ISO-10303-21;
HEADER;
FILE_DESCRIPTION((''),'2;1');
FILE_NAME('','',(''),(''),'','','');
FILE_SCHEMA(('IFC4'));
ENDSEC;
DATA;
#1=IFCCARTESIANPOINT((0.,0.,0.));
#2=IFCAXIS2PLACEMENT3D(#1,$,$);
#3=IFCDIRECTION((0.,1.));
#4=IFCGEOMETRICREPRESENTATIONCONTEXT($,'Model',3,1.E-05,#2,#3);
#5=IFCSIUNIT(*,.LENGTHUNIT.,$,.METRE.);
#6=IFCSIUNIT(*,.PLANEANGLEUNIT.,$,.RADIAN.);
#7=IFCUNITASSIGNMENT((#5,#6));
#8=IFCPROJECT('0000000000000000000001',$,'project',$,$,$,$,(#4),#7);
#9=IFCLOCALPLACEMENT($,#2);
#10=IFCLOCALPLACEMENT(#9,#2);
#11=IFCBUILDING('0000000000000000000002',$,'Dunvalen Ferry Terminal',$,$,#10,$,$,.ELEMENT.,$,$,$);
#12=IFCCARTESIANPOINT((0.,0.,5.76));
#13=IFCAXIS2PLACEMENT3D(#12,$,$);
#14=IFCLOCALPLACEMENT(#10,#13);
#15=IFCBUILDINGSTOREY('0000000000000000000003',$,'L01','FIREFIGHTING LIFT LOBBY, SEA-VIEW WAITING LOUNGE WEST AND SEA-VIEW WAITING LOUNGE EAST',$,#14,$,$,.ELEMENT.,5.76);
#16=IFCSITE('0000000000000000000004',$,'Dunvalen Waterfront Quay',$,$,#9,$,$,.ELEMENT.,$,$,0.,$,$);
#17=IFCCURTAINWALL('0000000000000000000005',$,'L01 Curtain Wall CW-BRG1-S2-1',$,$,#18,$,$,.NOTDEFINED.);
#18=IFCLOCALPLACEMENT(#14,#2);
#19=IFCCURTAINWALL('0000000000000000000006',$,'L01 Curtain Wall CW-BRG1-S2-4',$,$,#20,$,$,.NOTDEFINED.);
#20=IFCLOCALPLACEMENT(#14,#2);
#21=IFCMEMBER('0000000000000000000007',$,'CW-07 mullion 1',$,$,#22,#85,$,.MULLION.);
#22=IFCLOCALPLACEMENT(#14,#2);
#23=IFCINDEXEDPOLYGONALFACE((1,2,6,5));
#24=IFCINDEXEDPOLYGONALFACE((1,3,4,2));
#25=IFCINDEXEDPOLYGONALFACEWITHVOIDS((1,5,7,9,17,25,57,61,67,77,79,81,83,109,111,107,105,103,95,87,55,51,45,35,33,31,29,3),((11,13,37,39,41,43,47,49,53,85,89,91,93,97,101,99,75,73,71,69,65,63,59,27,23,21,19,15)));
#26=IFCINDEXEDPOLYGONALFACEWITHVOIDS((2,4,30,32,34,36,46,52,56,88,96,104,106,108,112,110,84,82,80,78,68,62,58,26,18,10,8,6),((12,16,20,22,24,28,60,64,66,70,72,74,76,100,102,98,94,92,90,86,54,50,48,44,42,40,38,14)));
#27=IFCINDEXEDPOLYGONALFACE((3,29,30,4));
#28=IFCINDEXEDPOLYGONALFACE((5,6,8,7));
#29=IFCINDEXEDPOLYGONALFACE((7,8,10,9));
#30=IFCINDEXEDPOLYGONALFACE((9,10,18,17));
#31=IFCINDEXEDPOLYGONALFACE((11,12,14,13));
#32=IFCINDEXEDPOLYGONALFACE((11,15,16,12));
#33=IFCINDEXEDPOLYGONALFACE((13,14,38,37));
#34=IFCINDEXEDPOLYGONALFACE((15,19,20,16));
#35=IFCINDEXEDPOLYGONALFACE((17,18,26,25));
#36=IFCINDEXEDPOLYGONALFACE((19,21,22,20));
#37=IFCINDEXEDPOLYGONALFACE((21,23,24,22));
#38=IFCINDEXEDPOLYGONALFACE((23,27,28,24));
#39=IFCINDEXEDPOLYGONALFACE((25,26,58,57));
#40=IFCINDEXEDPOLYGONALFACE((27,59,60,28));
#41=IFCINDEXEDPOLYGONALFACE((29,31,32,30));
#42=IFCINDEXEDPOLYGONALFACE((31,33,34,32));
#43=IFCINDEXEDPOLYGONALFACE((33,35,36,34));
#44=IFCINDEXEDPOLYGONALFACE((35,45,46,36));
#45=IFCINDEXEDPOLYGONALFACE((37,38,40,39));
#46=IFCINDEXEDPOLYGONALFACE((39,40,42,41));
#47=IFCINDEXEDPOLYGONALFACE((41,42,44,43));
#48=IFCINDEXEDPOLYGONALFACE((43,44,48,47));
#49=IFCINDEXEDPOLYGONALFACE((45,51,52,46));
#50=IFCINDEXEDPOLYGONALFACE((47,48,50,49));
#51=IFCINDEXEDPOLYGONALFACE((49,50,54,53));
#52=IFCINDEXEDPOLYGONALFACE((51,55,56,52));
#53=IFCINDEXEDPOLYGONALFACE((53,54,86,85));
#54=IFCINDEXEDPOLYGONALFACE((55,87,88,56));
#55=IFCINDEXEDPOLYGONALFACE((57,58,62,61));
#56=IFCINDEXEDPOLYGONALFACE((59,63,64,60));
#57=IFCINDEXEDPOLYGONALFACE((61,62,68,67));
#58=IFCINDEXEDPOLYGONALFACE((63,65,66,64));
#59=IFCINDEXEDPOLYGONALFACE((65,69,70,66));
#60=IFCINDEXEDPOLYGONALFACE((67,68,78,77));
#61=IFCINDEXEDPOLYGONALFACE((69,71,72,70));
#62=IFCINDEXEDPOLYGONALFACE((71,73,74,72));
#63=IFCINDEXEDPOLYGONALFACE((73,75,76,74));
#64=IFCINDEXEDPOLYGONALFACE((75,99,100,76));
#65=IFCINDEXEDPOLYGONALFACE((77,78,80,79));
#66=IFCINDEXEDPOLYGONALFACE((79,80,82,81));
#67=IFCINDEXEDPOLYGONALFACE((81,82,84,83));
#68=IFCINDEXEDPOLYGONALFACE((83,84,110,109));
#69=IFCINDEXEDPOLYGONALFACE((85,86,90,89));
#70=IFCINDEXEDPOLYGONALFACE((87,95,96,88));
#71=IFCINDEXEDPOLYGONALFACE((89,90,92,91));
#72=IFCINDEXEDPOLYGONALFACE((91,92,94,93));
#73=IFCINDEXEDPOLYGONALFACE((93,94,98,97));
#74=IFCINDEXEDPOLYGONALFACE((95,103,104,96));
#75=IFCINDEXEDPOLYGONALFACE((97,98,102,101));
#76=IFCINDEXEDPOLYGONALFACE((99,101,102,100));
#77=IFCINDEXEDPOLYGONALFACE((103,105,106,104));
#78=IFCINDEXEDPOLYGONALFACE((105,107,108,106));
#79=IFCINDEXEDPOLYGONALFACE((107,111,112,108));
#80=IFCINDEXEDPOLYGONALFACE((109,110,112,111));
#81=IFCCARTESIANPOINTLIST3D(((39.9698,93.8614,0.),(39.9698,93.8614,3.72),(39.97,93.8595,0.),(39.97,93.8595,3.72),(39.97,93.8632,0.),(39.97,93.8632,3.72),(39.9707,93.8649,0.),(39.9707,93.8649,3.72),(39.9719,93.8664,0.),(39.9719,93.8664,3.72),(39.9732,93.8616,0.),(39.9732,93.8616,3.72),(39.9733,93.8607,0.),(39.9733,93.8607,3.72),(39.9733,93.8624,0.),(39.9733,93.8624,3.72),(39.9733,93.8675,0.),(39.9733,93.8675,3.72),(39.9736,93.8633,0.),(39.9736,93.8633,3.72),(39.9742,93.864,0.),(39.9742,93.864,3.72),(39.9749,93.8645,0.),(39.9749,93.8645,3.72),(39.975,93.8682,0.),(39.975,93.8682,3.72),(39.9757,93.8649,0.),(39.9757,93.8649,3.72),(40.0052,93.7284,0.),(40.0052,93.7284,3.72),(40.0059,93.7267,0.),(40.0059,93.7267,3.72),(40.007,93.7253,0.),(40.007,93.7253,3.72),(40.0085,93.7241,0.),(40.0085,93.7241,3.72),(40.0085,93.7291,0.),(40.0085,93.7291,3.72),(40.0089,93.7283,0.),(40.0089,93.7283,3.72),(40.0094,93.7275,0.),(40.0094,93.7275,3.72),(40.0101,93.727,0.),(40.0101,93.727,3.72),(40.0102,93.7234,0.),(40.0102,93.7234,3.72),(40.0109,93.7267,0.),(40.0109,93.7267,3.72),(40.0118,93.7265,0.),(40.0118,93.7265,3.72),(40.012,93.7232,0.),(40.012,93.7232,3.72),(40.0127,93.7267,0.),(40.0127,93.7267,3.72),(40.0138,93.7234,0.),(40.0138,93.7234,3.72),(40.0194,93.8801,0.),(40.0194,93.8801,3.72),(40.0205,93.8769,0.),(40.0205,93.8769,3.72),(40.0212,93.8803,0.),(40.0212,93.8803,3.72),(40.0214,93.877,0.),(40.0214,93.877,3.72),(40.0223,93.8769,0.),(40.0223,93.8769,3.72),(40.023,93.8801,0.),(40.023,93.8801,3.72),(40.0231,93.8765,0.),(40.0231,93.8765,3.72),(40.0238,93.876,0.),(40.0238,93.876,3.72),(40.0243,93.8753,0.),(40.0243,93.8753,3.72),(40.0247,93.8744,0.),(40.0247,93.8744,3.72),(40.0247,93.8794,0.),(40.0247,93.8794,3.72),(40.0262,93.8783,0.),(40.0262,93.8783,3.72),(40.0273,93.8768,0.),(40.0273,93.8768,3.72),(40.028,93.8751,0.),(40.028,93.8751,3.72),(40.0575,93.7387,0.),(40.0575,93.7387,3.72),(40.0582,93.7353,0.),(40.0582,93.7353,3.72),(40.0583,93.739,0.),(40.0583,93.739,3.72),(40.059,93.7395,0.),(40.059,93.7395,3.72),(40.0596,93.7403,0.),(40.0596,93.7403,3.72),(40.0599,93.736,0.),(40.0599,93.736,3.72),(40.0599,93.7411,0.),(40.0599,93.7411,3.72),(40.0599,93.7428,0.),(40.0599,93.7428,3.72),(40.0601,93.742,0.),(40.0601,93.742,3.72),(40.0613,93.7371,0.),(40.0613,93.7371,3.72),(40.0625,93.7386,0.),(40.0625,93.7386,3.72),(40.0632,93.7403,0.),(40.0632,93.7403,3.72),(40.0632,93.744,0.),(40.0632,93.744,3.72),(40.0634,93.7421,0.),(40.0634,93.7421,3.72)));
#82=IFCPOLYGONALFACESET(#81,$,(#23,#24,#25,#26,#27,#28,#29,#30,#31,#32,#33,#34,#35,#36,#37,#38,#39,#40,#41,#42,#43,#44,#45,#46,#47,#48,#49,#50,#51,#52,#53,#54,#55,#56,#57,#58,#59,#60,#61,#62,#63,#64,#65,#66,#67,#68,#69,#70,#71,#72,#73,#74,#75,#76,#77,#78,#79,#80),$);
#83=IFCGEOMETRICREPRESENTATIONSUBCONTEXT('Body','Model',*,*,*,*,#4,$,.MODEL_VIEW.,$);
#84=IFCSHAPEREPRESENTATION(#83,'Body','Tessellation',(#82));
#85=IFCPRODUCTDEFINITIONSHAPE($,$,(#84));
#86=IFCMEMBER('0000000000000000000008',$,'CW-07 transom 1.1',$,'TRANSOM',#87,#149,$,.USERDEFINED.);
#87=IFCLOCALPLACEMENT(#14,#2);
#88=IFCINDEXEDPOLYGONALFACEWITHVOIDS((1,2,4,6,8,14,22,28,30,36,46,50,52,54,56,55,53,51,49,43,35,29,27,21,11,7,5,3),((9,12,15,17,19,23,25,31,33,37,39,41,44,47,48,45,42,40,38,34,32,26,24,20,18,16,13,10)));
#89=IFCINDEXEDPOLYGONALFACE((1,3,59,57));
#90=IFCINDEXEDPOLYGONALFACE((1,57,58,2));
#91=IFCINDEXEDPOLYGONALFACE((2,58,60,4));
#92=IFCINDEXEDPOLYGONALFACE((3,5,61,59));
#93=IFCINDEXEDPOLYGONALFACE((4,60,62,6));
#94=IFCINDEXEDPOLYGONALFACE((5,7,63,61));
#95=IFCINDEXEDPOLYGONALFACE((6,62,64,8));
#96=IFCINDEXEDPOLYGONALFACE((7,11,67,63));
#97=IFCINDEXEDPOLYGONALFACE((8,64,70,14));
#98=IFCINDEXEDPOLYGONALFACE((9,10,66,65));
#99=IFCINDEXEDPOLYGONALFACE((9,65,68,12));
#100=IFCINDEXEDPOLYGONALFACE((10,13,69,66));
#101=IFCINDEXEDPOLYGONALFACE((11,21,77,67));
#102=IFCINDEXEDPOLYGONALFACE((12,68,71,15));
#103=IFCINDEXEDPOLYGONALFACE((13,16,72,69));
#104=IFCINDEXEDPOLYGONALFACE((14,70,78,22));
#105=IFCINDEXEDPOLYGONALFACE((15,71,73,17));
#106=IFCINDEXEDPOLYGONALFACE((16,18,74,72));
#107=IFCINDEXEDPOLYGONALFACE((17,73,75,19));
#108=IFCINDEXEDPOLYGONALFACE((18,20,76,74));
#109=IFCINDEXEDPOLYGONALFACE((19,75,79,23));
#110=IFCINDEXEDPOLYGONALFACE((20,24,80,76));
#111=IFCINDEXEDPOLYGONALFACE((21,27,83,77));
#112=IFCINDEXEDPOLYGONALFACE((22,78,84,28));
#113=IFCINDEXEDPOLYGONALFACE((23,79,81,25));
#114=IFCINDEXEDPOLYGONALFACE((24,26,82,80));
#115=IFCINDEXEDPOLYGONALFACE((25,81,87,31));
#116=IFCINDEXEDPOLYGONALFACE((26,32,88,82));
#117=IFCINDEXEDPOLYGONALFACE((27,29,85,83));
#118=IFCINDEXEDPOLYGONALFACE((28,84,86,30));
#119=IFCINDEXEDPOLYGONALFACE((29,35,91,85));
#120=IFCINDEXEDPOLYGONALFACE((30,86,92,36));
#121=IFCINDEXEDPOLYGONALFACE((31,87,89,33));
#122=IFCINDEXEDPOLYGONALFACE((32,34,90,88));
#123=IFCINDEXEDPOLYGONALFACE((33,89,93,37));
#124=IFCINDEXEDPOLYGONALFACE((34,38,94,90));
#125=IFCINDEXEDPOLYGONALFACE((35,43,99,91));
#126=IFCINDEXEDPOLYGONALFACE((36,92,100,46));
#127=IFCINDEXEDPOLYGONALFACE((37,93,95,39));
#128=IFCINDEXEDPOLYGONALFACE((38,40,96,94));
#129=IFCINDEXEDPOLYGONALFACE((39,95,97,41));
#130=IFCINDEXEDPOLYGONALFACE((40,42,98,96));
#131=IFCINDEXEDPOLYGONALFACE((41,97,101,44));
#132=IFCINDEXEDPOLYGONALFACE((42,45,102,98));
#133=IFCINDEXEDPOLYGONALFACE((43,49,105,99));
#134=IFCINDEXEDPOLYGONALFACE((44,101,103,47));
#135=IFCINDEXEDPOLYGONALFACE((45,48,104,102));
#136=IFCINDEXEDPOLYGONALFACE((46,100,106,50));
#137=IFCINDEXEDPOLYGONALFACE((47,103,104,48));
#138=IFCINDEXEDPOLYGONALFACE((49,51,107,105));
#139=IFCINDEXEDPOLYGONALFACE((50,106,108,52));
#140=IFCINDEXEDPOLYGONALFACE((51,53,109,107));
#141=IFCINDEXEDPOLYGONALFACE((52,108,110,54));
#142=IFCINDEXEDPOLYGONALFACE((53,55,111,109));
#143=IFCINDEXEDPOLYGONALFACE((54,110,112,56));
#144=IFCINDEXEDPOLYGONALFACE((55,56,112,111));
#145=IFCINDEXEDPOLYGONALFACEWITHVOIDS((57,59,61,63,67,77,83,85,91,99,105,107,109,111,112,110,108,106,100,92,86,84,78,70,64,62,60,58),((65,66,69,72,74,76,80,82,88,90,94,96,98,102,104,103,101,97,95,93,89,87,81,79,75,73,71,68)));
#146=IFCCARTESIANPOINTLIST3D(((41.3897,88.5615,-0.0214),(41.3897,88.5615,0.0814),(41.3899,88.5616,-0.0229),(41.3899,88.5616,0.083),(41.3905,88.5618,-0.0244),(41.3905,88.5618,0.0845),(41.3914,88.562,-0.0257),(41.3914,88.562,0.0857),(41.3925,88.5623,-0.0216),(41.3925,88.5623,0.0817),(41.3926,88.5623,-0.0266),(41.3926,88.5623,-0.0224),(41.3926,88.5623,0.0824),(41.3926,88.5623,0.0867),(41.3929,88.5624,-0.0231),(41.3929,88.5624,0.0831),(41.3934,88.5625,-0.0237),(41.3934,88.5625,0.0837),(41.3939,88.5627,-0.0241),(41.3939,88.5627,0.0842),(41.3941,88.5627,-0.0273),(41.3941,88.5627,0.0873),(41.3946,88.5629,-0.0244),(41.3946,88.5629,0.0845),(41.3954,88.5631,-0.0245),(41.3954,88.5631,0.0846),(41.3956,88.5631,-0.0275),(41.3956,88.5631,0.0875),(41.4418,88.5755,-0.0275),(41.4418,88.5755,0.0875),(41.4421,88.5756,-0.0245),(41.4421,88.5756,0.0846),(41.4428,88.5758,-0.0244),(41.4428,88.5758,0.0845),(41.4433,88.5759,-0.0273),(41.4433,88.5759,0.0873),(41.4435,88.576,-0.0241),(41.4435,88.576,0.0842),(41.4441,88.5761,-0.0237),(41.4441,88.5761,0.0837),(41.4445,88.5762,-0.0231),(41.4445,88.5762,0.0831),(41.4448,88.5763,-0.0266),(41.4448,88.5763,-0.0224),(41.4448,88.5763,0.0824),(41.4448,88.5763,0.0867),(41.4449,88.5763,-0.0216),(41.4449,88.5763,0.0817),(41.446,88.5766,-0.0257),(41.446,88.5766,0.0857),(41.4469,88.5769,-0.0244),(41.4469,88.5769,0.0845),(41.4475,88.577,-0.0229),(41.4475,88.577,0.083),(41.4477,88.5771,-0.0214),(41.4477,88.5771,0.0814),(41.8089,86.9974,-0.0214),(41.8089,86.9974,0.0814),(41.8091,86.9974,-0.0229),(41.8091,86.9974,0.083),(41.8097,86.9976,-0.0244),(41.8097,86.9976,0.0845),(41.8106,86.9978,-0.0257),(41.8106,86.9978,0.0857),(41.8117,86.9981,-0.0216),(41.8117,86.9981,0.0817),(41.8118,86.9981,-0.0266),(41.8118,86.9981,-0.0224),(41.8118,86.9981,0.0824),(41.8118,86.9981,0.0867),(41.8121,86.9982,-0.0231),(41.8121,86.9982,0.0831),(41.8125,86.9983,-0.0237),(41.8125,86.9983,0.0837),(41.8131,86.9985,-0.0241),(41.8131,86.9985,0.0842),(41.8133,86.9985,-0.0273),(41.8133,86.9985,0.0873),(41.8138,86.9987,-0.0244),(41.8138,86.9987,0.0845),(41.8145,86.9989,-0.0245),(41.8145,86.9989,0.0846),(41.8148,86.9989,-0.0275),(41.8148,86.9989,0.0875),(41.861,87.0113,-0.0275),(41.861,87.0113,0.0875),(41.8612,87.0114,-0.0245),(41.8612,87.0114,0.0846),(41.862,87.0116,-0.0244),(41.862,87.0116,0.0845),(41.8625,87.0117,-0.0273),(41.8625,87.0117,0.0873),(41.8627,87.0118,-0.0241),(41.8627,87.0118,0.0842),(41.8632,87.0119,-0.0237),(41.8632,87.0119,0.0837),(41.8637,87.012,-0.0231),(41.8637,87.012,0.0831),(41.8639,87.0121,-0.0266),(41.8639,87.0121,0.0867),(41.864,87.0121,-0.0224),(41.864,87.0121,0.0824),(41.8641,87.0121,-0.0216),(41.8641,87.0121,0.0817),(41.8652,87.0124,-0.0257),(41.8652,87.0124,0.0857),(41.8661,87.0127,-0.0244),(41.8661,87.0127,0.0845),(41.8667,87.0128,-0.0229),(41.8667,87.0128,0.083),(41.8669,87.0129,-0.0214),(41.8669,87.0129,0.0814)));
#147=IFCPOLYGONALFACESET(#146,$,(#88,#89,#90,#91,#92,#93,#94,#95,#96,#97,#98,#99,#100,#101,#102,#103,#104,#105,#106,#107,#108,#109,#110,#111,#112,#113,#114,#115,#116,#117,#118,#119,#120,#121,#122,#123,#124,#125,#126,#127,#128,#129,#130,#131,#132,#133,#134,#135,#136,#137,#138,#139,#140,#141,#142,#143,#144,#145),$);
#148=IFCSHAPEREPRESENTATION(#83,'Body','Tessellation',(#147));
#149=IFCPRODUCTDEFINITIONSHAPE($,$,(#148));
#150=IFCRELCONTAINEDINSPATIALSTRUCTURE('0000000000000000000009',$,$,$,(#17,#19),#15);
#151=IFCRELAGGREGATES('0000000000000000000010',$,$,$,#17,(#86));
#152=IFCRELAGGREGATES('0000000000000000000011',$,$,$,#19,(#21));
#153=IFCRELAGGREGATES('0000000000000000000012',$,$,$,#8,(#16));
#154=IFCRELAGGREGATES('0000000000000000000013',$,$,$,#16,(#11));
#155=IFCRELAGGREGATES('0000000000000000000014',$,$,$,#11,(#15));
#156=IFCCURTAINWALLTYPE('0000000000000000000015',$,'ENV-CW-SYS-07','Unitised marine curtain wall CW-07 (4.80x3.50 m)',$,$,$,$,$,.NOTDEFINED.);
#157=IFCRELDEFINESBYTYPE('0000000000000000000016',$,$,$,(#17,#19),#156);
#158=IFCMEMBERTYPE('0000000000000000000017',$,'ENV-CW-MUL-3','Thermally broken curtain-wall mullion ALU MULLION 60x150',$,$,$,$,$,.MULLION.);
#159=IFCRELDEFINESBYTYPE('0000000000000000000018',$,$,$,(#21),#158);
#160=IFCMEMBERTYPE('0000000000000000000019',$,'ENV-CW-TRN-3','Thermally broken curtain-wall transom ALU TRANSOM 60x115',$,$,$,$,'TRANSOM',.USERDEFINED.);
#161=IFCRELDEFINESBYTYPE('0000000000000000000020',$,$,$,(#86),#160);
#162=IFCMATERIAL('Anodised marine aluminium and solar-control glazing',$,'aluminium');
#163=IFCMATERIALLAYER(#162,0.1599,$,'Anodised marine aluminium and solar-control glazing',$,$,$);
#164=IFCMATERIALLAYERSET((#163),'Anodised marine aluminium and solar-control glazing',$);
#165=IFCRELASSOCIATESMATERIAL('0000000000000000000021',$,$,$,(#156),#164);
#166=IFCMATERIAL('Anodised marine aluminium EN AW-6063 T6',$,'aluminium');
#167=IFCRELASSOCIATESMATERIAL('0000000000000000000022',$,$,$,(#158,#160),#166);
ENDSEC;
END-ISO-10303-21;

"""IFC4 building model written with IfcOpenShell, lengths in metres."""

from ifc_helpers import new_model, si_unit, direction, frame, origin, origin_2d, place, context, subcontext, project, spatial, hollow_rectangle, extrude, material, layer, layer_set, material_profile, profile_set, type_object, element, aggregate, save


model = new_model("IFC4")

# Units and contexts
model_context = context("Model", 3, precision=1e-05, world=origin(), true_north=direction((0.0, 1.0)))
body_context = subcontext(model_context, "Body", "Model", "MODEL_VIEW")
ifc_project = project(units=[si_unit("LENGTHUNIT", "METRE"), si_unit("PLANEANGLEUNIT", "RADIAN")], contexts=[model_context])

# Site, building, storey
site_placement = place(None, origin())
site = spatial("IfcSite", under=ifc_project, at=site_placement, Name="Dunvalen Waterfront Quay", CompositionType="ELEMENT", RefElevation=0.0)
building_placement = place(site_placement, origin())
building = spatial("IfcBuilding", under=site, at=building_placement, Name="Dunvalen Ferry Terminal", CompositionType="ELEMENT")
storey_placement = place(building_placement, frame((0.0, 0.0, 5.76)))
storey = spatial("IfcBuildingStorey", under=building, at=storey_placement, Name="L01", Description="FIREFIGHTING LIFT LOBBY, SEA-VIEW WAITING LOUNGE WEST AND SEA-VIEW WAITING LOUNGE EAST", CompositionType="ELEMENT", Elevation=5.76)

# Curtain wall
ifc_material_1 = material(Name="Anodised marine aluminium and solar-control glazing", Category="aluminium")
ifc_layer_1 = layer(ifc_material_1, 0.1599, Name="Anodised marine aluminium and solar-control glazing")
ifc_layer_set_1 = layer_set([ifc_layer_1], Name="Anodised marine aluminium and solar-control glazing")
curtain_wall_type = type_object("IfcCurtainWallType", Name="ENV-CW-SYS-07", Description="Unitised marine curtain wall CW-07 (4.80x3.50 m)", PredefinedType="NOTDEFINED", material=ifc_layer_set_1)
curtain_wall_1_placement = place(storey_placement, origin())
curtain_wall_1 = element("IfcCurtainWall", 1, at=curtain_wall_1_placement, inside=storey, type_object=curtain_wall_type, Name="L01 Curtain Wall CW-BRG1-S2-1", PredefinedType="NOTDEFINED")
ifc_material_2 = material(Name="Anodised marine aluminium EN AW-6063 T6", Category="aluminium")
ifc_material_profile_1 = material_profile(ifc_material_2, hollow_rectangle(XDim=0.0601, YDim=0.1499, WallThickness=0.0034, InnerFilletRadius=0.0034, OuterFilletRadius=0.0071, at=origin_2d()), Name="Anodised marine aluminium EN AW-6063 T6")
ifc_profile_set_1 = profile_set([ifc_material_profile_1], Name="Anodised marine aluminium EN AW-6063 T6")
member_type_1 = type_object("IfcMemberType", Name="ENV-CW-MUL-3", Description="Thermally broken curtain-wall mullion ALU MULLION 60x150", PredefinedType="MULLION", material=ifc_profile_set_1)

# Curtain wall, member
curtain_wall_2_placement = place(storey_placement, origin())
curtain_wall_2 = element("IfcCurtainWall", 2, at=curtain_wall_2_placement, inside=storey, type_object=curtain_wall_type, Name="L01 Curtain Wall CW-BRG1-S2-4", PredefinedType="NOTDEFINED")
member_1_placement = place(storey_placement, frame((40.0166, 93.8018, 0.0), z_axis=(0.0, 0.0, 1.0), x_axis=(-0.965935, -0.258786, 0.0)))
member_1 = element("IfcMember", 3, at=member_1_placement, type_object=member_type_1, Name="CW-07 mullion 1", PredefinedType="MULLION", context=body_context, shape_type="SweptSolid", body=[
    extrude(hollow_rectangle(XDim=0.0601, YDim=0.1499, WallThickness=0.0034, InnerFilletRadius=0.0034, OuterFilletRadius=0.0071, at=origin_2d()), origin(), (0.0, 0.0, 1.0), 3.72),
])

# Member
ifc_material_profile_2 = material_profile(ifc_material_2, hollow_rectangle(XDim=0.0601, YDim=0.115, WallThickness=0.0029, InnerFilletRadius=0.0029, OuterFilletRadius=0.0061, at=origin_2d()), Name="Anodised marine aluminium EN AW-6063 T6")
ifc_profile_set_2 = profile_set([ifc_material_profile_2], Name="Anodised marine aluminium EN AW-6063 T6")
member_type_2 = type_object("IfcMemberType", Name="ENV-CW-TRN-3", Description="Thermally broken curtain-wall transom ALU TRANSOM 60x115", ElementType="TRANSOM", PredefinedType="USERDEFINED", material=ifc_profile_set_2)
member_2_placement = place(storey_placement, frame((41.8379, 87.0051, 0.03), z_axis=(-0.258854, 0.965916, 0.0), x_axis=(-0.965916, -0.258854, 0.0)))
member_2 = element("IfcMember", 4, at=member_2_placement, type_object=member_type_2, Name="CW-07 transom 1.1", ObjectType="TRANSOM", PredefinedType="USERDEFINED", context=body_context, shape_type="SweptSolid", body=[
    extrude(hollow_rectangle(XDim=0.0601, YDim=0.115, WallThickness=0.0029, InnerFilletRadius=0.0029, OuterFilletRadius=0.0061, at=origin_2d()), origin(), (0.0, 0.0, 1.0), 1.6194),
])

aggregate(curtain_wall_1, [member_2])
aggregate(curtain_wall_2, [member_1])

save(model, "model.ifc")
